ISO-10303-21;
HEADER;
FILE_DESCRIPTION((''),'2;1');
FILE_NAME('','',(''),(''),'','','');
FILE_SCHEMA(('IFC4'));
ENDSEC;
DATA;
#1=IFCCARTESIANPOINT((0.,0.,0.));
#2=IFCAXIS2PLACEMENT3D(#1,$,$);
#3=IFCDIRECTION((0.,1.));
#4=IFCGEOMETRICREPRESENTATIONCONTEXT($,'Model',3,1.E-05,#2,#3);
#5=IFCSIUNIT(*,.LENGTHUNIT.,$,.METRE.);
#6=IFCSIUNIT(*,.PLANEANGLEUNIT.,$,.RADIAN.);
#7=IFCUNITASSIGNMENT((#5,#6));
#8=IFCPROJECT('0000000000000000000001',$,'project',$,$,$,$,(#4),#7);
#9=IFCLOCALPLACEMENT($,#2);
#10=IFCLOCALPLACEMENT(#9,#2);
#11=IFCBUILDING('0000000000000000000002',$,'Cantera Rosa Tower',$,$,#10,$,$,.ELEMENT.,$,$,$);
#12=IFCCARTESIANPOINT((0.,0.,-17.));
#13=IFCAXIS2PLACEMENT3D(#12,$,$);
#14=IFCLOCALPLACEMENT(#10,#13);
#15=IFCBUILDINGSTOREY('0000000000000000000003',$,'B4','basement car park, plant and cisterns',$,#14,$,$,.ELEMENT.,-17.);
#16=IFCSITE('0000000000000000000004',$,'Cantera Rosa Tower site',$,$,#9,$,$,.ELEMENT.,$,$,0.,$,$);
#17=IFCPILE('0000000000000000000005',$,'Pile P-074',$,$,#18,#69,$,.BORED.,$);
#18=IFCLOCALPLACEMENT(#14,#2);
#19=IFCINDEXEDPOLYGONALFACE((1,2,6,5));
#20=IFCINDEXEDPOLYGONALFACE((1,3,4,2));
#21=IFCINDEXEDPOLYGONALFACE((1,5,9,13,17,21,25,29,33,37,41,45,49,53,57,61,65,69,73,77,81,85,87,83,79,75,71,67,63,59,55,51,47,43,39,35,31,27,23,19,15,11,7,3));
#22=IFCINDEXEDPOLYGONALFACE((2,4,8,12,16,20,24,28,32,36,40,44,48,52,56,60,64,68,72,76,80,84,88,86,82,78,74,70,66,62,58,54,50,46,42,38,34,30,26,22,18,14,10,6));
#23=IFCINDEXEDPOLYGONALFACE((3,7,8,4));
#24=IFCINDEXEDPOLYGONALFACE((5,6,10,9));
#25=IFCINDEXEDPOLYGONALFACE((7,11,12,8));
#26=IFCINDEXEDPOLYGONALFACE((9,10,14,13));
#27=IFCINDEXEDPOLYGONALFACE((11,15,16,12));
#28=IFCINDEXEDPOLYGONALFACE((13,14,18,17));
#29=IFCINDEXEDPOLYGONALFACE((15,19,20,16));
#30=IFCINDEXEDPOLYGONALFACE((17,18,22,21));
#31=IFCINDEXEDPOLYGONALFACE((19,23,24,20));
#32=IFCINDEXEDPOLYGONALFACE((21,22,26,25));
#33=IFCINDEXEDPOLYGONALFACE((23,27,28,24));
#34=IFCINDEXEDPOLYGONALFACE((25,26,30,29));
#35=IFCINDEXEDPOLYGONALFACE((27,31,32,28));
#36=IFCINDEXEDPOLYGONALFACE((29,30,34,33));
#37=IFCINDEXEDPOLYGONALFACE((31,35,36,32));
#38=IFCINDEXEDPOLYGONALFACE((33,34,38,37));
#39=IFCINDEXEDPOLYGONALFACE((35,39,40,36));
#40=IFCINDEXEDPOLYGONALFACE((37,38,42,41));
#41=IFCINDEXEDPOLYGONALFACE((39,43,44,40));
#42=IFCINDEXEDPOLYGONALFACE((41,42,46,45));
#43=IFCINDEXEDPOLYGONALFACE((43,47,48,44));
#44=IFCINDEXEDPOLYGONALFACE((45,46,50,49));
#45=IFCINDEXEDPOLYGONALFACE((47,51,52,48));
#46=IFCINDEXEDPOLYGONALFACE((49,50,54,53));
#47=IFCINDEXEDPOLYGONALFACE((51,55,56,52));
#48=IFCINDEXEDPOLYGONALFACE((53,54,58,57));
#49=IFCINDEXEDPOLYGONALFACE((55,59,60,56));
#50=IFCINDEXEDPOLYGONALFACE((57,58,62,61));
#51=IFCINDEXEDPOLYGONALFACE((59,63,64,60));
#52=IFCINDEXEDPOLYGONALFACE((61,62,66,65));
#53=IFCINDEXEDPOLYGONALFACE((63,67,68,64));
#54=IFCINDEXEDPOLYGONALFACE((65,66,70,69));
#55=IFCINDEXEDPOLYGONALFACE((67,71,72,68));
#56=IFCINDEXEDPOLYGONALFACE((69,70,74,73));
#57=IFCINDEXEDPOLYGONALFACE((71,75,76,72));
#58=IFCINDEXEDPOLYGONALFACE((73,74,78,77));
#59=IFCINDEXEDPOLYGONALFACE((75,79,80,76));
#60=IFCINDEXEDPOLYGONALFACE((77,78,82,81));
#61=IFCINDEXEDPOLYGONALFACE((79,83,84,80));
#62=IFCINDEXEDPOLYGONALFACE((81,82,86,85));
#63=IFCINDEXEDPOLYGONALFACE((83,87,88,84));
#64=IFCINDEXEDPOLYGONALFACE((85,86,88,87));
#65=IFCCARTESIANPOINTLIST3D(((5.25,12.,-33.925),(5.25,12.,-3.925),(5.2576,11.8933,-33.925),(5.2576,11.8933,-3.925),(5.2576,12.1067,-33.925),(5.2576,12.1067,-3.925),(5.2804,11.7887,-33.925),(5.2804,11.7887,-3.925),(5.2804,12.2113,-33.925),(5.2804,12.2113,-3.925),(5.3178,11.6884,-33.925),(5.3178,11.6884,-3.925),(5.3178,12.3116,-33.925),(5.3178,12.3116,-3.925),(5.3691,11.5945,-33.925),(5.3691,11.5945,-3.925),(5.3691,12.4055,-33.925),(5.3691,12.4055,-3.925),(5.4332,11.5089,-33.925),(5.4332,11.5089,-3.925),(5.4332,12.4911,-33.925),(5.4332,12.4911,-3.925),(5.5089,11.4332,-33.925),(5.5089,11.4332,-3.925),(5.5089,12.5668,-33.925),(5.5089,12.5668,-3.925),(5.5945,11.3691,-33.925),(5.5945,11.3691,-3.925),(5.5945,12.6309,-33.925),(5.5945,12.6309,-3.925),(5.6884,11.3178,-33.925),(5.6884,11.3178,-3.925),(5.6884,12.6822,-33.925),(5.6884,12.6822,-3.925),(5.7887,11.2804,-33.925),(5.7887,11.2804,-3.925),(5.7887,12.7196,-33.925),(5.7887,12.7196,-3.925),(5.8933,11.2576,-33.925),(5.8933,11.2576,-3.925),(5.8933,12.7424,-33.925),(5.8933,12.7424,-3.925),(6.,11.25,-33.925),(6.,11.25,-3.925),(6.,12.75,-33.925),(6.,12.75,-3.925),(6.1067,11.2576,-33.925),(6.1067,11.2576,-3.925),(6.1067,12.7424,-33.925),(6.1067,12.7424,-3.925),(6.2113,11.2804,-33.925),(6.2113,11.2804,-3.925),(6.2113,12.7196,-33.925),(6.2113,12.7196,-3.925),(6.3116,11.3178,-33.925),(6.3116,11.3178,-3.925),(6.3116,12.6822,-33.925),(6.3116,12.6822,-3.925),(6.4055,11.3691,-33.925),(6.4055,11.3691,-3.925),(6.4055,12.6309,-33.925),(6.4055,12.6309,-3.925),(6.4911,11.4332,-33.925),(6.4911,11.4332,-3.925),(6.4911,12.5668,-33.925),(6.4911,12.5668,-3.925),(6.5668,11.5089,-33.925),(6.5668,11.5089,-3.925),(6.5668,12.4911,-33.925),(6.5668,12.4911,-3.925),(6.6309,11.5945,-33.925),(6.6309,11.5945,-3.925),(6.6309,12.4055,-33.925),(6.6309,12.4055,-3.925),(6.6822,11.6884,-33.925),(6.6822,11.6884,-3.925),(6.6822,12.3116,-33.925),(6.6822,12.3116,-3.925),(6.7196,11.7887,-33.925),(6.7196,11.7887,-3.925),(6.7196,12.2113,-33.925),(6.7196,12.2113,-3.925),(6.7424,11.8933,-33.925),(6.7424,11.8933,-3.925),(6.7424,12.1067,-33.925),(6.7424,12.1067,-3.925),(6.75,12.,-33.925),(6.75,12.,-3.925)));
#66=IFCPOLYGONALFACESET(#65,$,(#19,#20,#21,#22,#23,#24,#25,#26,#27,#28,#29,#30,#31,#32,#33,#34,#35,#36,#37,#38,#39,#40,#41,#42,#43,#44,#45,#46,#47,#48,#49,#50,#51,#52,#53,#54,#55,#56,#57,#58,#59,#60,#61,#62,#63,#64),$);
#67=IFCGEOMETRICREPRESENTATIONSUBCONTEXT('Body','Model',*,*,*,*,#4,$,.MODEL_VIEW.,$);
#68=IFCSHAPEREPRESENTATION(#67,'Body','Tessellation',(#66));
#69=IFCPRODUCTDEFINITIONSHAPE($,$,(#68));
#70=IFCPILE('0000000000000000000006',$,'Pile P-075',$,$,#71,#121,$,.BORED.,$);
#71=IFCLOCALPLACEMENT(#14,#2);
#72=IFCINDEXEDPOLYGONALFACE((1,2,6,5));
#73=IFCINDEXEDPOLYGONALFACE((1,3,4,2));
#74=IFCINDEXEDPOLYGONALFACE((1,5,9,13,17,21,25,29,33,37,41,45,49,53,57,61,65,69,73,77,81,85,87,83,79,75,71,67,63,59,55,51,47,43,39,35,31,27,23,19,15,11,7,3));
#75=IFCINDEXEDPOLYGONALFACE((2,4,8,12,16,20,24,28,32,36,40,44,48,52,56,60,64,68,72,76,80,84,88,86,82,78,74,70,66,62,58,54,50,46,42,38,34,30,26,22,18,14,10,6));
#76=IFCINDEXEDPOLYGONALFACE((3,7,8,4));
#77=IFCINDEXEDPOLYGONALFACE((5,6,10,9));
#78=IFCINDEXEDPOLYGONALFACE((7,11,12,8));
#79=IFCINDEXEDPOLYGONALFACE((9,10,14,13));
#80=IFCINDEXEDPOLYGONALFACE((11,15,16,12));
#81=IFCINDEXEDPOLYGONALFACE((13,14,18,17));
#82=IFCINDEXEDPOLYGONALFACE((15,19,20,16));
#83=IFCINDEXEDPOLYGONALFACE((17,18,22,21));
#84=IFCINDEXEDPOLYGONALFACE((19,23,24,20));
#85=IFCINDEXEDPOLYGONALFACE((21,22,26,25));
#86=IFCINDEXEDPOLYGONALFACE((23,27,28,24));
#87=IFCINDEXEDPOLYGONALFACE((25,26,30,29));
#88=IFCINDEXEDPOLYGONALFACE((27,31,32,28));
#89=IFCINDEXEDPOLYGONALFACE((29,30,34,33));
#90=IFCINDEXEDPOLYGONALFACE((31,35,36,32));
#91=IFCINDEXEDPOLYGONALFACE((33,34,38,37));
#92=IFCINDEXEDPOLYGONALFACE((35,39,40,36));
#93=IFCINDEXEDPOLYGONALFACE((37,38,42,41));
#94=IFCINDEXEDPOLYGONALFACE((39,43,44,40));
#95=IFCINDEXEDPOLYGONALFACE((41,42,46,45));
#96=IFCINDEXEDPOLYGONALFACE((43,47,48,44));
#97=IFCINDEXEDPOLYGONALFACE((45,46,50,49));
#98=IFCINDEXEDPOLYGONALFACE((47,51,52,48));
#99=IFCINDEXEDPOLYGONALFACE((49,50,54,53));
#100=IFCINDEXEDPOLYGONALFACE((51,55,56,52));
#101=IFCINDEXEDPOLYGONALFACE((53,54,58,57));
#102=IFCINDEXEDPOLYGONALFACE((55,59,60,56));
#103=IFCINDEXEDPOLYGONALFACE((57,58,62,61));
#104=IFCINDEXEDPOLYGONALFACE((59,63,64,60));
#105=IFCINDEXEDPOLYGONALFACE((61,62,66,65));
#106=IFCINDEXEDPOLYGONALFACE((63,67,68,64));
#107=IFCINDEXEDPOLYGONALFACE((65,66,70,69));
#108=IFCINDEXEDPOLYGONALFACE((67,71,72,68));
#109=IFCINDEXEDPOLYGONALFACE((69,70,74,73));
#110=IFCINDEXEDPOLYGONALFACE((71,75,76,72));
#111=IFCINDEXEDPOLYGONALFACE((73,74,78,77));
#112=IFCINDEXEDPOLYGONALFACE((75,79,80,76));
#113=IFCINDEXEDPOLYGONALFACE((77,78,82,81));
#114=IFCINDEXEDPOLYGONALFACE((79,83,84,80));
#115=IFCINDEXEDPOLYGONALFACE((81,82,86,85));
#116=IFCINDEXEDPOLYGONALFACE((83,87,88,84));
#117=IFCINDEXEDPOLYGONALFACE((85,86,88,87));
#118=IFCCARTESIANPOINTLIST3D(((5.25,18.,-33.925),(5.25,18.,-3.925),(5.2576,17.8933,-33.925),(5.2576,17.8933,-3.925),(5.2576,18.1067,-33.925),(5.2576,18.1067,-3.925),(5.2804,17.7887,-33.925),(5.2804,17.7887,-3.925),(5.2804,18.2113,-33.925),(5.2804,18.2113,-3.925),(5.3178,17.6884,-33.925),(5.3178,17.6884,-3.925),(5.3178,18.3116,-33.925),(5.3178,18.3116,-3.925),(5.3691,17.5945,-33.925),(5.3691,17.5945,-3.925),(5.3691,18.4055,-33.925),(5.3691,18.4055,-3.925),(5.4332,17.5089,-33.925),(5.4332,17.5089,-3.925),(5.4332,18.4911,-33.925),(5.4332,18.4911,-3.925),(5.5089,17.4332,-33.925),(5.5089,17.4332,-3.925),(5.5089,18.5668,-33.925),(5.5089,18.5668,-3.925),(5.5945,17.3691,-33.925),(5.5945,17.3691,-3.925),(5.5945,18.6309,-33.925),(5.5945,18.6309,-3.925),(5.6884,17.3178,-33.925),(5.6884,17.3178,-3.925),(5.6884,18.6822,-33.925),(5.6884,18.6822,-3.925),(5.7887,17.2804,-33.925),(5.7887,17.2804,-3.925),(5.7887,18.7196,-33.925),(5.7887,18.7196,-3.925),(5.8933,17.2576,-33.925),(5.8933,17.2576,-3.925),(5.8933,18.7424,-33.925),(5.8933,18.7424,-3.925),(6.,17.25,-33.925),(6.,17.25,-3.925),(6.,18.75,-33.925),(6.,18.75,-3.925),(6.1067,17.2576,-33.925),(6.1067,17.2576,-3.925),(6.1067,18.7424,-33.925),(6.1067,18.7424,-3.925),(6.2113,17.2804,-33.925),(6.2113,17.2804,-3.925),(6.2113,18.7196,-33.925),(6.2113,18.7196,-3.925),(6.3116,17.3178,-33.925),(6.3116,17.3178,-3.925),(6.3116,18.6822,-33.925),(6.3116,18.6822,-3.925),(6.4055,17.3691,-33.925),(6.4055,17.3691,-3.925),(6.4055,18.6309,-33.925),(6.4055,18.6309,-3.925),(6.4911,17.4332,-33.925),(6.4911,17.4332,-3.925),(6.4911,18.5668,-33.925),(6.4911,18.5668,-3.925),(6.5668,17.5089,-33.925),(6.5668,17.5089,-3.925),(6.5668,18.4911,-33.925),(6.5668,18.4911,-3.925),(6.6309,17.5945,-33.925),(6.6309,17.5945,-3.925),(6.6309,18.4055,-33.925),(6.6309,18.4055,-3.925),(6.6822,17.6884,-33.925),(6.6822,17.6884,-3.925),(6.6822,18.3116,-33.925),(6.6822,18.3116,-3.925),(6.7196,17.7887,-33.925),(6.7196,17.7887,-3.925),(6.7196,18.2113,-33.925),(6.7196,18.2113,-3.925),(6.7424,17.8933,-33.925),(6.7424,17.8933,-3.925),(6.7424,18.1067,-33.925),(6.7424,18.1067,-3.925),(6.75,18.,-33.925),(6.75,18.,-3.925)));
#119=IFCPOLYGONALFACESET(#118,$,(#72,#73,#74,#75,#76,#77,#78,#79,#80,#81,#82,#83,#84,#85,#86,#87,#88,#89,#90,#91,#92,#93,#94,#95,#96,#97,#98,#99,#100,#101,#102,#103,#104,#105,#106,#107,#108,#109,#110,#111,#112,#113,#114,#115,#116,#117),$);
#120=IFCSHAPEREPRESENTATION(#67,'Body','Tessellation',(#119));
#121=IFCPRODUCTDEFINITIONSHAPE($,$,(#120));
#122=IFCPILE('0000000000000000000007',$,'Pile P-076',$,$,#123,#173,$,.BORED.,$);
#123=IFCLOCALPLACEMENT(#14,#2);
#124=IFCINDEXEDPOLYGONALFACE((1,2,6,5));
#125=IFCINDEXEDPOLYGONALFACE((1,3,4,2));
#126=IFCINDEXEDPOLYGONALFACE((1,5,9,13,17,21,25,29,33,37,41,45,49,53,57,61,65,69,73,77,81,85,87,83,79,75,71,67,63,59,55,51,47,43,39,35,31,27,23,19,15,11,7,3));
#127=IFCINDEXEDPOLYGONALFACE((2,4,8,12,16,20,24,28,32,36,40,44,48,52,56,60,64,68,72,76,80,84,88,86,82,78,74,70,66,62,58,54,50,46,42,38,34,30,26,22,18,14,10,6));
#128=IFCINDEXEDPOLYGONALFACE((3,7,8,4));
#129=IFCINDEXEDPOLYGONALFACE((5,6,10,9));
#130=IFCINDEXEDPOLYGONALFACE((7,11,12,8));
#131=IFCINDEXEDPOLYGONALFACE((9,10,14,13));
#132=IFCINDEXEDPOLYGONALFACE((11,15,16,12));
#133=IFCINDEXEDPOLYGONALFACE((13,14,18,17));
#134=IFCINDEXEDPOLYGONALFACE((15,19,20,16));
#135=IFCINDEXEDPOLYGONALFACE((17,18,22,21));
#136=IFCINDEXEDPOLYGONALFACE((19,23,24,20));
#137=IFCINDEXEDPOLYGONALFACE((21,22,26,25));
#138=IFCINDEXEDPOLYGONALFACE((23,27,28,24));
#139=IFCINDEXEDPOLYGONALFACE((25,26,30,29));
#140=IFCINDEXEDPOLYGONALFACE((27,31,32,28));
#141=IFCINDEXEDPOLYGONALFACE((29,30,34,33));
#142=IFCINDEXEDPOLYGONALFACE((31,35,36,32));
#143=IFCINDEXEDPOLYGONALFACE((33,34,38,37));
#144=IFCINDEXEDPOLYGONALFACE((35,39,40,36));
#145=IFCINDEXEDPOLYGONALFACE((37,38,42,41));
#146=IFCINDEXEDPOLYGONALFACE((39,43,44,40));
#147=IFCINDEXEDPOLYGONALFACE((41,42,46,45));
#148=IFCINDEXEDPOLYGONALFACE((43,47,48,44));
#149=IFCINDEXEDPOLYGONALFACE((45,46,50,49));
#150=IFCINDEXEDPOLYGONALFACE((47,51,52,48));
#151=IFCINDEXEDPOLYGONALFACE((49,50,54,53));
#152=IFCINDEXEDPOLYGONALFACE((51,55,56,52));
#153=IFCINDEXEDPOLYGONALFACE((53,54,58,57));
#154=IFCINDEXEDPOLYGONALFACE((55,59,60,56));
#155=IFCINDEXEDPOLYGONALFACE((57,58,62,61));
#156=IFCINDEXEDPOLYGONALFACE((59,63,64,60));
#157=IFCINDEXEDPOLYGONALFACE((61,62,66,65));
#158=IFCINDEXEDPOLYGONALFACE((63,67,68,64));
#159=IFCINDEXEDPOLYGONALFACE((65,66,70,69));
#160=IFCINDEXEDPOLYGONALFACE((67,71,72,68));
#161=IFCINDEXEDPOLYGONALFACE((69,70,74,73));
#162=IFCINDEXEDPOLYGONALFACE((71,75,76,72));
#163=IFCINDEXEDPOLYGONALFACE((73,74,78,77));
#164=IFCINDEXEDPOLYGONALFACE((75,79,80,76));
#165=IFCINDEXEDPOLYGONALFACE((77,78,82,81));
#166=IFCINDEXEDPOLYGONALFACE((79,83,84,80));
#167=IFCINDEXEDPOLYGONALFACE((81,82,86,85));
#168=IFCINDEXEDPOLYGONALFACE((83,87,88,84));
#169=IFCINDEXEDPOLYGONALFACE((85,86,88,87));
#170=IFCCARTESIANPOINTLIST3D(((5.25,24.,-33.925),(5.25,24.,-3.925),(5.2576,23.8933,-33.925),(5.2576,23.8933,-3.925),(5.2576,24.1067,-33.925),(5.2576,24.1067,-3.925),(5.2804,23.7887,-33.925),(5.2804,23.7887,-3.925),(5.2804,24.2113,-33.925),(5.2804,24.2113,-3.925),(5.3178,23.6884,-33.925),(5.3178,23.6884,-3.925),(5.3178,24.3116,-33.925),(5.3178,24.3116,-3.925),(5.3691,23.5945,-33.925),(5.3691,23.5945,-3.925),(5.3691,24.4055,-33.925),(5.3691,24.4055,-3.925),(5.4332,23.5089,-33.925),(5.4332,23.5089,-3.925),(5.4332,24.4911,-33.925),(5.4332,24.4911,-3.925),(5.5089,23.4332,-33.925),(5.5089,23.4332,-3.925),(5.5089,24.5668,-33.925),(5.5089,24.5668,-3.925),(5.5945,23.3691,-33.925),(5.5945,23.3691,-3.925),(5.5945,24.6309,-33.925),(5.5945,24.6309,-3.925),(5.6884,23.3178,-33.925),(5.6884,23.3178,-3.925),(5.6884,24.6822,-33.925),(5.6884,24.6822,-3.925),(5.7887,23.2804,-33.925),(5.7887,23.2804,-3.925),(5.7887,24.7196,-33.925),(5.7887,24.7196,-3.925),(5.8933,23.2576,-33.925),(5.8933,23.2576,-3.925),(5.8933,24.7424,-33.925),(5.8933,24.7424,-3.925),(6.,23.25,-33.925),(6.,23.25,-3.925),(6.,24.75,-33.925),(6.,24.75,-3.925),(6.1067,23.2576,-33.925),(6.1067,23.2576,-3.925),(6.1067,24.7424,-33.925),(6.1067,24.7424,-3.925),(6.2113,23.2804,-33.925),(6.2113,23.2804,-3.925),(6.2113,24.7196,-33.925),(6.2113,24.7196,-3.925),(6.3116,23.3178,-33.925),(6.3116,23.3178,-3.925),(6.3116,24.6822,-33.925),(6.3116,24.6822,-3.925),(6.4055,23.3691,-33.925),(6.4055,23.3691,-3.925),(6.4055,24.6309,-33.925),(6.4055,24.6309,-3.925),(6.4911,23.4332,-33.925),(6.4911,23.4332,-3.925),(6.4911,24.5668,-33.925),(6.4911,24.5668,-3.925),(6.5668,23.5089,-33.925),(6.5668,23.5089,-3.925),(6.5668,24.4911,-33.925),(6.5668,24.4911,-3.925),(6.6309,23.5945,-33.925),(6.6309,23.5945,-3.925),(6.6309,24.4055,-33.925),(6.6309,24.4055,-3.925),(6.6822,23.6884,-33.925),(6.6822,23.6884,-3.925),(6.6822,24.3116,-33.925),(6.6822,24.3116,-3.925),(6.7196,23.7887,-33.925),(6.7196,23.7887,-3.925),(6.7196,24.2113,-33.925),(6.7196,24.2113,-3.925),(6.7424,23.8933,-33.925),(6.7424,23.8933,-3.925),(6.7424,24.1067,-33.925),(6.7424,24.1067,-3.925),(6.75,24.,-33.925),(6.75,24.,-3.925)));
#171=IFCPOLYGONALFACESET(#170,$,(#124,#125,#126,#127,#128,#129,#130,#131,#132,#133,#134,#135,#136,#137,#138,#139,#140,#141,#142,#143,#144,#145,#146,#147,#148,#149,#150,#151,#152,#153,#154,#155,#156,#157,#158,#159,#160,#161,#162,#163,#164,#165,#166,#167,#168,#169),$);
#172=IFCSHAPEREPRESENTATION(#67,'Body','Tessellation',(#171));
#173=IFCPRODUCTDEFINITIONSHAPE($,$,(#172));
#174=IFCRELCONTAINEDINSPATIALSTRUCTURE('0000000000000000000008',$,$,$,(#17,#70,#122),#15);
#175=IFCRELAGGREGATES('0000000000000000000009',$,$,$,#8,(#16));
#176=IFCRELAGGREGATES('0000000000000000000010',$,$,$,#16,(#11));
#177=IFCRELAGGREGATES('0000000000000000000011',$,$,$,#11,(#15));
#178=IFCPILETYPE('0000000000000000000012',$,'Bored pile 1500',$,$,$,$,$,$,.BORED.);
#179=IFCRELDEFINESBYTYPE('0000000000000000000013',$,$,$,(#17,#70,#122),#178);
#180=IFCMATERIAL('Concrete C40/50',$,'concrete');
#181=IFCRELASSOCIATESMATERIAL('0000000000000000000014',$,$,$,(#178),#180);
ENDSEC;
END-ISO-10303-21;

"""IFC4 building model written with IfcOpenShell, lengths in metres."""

from ifc_helpers import new_model, si_unit, direction, frame, origin, origin_2d, place, context, subcontext, project, spatial, circle, extrude, material, material_profile, profile_set, type_object, element, save


model = new_model("IFC4")

# Units and contexts
model_context = context("Model", 3, precision=1e-05, world=origin(), true_north=direction((0.0, 1.0)))
body_context = subcontext(model_context, "Body", "Model", "MODEL_VIEW")
ifc_project = project(units=[si_unit("LENGTHUNIT", "METRE"), si_unit("PLANEANGLEUNIT", "RADIAN")], contexts=[model_context])

# Site, building, storey
site_placement = place(None, origin())
site = spatial("IfcSite", under=ifc_project, at=site_placement, Name="Cantera Rosa Tower site", CompositionType="ELEMENT", RefElevation=0.0)
building_placement = place(site_placement, origin())
building = spatial("IfcBuilding", under=site, at=building_placement, Name="Cantera Rosa Tower", CompositionType="ELEMENT")
storey_placement = place(building_placement, frame((0.0, 0.0, -17.0)))
storey = spatial("IfcBuildingStorey", under=building, at=storey_placement, Name="B4", Description="basement car park, plant and cisterns", CompositionType="ELEMENT", Elevation=-17.0)

# Piles
ifc_material_1 = material(Name="Concrete C40/50", Category="concrete")
ifc_material_profile_1 = material_profile(ifc_material_1, circle(Radius=0.75, at=origin_2d()), Name="Bored pile 1500")
ifc_profile_set_1 = profile_set([ifc_material_profile_1], Name="Concrete C40/50")
pile_type = type_object("IfcPileType", Name="Bored pile 1500", PredefinedType="BORED", material=ifc_profile_set_1)
for number, where, z_axis, x_axis, name in (
    (1, (6.0, 12.0, -3.925), (0.0, 0.0, -1.0), (1.0, 0.0, 0.0), "Pile P-074"),
    (2, (6.0, 18.0, -3.925), (0.0, 0.0, -1.0), (1.0, 0.0, 0.0), "Pile P-075"),
    (3, (6.0, 24.0, -3.925), (0.0, 0.0, -1.0), (1.0, 0.0, 0.0), "Pile P-076"),
):
    element("IfcPile", number, at=place(storey_placement, frame(where, z_axis=z_axis, x_axis=x_axis)), inside=storey, type_object=pile_type, Name=name, PredefinedType="BORED", context=body_context, shape_type="SweptSolid", body=[
        extrude(circle(Radius=0.75, at=origin_2d()), origin(), (0.0, 0.0, 1.0), 30.0),
    ])

save(model, "model.ifc")
